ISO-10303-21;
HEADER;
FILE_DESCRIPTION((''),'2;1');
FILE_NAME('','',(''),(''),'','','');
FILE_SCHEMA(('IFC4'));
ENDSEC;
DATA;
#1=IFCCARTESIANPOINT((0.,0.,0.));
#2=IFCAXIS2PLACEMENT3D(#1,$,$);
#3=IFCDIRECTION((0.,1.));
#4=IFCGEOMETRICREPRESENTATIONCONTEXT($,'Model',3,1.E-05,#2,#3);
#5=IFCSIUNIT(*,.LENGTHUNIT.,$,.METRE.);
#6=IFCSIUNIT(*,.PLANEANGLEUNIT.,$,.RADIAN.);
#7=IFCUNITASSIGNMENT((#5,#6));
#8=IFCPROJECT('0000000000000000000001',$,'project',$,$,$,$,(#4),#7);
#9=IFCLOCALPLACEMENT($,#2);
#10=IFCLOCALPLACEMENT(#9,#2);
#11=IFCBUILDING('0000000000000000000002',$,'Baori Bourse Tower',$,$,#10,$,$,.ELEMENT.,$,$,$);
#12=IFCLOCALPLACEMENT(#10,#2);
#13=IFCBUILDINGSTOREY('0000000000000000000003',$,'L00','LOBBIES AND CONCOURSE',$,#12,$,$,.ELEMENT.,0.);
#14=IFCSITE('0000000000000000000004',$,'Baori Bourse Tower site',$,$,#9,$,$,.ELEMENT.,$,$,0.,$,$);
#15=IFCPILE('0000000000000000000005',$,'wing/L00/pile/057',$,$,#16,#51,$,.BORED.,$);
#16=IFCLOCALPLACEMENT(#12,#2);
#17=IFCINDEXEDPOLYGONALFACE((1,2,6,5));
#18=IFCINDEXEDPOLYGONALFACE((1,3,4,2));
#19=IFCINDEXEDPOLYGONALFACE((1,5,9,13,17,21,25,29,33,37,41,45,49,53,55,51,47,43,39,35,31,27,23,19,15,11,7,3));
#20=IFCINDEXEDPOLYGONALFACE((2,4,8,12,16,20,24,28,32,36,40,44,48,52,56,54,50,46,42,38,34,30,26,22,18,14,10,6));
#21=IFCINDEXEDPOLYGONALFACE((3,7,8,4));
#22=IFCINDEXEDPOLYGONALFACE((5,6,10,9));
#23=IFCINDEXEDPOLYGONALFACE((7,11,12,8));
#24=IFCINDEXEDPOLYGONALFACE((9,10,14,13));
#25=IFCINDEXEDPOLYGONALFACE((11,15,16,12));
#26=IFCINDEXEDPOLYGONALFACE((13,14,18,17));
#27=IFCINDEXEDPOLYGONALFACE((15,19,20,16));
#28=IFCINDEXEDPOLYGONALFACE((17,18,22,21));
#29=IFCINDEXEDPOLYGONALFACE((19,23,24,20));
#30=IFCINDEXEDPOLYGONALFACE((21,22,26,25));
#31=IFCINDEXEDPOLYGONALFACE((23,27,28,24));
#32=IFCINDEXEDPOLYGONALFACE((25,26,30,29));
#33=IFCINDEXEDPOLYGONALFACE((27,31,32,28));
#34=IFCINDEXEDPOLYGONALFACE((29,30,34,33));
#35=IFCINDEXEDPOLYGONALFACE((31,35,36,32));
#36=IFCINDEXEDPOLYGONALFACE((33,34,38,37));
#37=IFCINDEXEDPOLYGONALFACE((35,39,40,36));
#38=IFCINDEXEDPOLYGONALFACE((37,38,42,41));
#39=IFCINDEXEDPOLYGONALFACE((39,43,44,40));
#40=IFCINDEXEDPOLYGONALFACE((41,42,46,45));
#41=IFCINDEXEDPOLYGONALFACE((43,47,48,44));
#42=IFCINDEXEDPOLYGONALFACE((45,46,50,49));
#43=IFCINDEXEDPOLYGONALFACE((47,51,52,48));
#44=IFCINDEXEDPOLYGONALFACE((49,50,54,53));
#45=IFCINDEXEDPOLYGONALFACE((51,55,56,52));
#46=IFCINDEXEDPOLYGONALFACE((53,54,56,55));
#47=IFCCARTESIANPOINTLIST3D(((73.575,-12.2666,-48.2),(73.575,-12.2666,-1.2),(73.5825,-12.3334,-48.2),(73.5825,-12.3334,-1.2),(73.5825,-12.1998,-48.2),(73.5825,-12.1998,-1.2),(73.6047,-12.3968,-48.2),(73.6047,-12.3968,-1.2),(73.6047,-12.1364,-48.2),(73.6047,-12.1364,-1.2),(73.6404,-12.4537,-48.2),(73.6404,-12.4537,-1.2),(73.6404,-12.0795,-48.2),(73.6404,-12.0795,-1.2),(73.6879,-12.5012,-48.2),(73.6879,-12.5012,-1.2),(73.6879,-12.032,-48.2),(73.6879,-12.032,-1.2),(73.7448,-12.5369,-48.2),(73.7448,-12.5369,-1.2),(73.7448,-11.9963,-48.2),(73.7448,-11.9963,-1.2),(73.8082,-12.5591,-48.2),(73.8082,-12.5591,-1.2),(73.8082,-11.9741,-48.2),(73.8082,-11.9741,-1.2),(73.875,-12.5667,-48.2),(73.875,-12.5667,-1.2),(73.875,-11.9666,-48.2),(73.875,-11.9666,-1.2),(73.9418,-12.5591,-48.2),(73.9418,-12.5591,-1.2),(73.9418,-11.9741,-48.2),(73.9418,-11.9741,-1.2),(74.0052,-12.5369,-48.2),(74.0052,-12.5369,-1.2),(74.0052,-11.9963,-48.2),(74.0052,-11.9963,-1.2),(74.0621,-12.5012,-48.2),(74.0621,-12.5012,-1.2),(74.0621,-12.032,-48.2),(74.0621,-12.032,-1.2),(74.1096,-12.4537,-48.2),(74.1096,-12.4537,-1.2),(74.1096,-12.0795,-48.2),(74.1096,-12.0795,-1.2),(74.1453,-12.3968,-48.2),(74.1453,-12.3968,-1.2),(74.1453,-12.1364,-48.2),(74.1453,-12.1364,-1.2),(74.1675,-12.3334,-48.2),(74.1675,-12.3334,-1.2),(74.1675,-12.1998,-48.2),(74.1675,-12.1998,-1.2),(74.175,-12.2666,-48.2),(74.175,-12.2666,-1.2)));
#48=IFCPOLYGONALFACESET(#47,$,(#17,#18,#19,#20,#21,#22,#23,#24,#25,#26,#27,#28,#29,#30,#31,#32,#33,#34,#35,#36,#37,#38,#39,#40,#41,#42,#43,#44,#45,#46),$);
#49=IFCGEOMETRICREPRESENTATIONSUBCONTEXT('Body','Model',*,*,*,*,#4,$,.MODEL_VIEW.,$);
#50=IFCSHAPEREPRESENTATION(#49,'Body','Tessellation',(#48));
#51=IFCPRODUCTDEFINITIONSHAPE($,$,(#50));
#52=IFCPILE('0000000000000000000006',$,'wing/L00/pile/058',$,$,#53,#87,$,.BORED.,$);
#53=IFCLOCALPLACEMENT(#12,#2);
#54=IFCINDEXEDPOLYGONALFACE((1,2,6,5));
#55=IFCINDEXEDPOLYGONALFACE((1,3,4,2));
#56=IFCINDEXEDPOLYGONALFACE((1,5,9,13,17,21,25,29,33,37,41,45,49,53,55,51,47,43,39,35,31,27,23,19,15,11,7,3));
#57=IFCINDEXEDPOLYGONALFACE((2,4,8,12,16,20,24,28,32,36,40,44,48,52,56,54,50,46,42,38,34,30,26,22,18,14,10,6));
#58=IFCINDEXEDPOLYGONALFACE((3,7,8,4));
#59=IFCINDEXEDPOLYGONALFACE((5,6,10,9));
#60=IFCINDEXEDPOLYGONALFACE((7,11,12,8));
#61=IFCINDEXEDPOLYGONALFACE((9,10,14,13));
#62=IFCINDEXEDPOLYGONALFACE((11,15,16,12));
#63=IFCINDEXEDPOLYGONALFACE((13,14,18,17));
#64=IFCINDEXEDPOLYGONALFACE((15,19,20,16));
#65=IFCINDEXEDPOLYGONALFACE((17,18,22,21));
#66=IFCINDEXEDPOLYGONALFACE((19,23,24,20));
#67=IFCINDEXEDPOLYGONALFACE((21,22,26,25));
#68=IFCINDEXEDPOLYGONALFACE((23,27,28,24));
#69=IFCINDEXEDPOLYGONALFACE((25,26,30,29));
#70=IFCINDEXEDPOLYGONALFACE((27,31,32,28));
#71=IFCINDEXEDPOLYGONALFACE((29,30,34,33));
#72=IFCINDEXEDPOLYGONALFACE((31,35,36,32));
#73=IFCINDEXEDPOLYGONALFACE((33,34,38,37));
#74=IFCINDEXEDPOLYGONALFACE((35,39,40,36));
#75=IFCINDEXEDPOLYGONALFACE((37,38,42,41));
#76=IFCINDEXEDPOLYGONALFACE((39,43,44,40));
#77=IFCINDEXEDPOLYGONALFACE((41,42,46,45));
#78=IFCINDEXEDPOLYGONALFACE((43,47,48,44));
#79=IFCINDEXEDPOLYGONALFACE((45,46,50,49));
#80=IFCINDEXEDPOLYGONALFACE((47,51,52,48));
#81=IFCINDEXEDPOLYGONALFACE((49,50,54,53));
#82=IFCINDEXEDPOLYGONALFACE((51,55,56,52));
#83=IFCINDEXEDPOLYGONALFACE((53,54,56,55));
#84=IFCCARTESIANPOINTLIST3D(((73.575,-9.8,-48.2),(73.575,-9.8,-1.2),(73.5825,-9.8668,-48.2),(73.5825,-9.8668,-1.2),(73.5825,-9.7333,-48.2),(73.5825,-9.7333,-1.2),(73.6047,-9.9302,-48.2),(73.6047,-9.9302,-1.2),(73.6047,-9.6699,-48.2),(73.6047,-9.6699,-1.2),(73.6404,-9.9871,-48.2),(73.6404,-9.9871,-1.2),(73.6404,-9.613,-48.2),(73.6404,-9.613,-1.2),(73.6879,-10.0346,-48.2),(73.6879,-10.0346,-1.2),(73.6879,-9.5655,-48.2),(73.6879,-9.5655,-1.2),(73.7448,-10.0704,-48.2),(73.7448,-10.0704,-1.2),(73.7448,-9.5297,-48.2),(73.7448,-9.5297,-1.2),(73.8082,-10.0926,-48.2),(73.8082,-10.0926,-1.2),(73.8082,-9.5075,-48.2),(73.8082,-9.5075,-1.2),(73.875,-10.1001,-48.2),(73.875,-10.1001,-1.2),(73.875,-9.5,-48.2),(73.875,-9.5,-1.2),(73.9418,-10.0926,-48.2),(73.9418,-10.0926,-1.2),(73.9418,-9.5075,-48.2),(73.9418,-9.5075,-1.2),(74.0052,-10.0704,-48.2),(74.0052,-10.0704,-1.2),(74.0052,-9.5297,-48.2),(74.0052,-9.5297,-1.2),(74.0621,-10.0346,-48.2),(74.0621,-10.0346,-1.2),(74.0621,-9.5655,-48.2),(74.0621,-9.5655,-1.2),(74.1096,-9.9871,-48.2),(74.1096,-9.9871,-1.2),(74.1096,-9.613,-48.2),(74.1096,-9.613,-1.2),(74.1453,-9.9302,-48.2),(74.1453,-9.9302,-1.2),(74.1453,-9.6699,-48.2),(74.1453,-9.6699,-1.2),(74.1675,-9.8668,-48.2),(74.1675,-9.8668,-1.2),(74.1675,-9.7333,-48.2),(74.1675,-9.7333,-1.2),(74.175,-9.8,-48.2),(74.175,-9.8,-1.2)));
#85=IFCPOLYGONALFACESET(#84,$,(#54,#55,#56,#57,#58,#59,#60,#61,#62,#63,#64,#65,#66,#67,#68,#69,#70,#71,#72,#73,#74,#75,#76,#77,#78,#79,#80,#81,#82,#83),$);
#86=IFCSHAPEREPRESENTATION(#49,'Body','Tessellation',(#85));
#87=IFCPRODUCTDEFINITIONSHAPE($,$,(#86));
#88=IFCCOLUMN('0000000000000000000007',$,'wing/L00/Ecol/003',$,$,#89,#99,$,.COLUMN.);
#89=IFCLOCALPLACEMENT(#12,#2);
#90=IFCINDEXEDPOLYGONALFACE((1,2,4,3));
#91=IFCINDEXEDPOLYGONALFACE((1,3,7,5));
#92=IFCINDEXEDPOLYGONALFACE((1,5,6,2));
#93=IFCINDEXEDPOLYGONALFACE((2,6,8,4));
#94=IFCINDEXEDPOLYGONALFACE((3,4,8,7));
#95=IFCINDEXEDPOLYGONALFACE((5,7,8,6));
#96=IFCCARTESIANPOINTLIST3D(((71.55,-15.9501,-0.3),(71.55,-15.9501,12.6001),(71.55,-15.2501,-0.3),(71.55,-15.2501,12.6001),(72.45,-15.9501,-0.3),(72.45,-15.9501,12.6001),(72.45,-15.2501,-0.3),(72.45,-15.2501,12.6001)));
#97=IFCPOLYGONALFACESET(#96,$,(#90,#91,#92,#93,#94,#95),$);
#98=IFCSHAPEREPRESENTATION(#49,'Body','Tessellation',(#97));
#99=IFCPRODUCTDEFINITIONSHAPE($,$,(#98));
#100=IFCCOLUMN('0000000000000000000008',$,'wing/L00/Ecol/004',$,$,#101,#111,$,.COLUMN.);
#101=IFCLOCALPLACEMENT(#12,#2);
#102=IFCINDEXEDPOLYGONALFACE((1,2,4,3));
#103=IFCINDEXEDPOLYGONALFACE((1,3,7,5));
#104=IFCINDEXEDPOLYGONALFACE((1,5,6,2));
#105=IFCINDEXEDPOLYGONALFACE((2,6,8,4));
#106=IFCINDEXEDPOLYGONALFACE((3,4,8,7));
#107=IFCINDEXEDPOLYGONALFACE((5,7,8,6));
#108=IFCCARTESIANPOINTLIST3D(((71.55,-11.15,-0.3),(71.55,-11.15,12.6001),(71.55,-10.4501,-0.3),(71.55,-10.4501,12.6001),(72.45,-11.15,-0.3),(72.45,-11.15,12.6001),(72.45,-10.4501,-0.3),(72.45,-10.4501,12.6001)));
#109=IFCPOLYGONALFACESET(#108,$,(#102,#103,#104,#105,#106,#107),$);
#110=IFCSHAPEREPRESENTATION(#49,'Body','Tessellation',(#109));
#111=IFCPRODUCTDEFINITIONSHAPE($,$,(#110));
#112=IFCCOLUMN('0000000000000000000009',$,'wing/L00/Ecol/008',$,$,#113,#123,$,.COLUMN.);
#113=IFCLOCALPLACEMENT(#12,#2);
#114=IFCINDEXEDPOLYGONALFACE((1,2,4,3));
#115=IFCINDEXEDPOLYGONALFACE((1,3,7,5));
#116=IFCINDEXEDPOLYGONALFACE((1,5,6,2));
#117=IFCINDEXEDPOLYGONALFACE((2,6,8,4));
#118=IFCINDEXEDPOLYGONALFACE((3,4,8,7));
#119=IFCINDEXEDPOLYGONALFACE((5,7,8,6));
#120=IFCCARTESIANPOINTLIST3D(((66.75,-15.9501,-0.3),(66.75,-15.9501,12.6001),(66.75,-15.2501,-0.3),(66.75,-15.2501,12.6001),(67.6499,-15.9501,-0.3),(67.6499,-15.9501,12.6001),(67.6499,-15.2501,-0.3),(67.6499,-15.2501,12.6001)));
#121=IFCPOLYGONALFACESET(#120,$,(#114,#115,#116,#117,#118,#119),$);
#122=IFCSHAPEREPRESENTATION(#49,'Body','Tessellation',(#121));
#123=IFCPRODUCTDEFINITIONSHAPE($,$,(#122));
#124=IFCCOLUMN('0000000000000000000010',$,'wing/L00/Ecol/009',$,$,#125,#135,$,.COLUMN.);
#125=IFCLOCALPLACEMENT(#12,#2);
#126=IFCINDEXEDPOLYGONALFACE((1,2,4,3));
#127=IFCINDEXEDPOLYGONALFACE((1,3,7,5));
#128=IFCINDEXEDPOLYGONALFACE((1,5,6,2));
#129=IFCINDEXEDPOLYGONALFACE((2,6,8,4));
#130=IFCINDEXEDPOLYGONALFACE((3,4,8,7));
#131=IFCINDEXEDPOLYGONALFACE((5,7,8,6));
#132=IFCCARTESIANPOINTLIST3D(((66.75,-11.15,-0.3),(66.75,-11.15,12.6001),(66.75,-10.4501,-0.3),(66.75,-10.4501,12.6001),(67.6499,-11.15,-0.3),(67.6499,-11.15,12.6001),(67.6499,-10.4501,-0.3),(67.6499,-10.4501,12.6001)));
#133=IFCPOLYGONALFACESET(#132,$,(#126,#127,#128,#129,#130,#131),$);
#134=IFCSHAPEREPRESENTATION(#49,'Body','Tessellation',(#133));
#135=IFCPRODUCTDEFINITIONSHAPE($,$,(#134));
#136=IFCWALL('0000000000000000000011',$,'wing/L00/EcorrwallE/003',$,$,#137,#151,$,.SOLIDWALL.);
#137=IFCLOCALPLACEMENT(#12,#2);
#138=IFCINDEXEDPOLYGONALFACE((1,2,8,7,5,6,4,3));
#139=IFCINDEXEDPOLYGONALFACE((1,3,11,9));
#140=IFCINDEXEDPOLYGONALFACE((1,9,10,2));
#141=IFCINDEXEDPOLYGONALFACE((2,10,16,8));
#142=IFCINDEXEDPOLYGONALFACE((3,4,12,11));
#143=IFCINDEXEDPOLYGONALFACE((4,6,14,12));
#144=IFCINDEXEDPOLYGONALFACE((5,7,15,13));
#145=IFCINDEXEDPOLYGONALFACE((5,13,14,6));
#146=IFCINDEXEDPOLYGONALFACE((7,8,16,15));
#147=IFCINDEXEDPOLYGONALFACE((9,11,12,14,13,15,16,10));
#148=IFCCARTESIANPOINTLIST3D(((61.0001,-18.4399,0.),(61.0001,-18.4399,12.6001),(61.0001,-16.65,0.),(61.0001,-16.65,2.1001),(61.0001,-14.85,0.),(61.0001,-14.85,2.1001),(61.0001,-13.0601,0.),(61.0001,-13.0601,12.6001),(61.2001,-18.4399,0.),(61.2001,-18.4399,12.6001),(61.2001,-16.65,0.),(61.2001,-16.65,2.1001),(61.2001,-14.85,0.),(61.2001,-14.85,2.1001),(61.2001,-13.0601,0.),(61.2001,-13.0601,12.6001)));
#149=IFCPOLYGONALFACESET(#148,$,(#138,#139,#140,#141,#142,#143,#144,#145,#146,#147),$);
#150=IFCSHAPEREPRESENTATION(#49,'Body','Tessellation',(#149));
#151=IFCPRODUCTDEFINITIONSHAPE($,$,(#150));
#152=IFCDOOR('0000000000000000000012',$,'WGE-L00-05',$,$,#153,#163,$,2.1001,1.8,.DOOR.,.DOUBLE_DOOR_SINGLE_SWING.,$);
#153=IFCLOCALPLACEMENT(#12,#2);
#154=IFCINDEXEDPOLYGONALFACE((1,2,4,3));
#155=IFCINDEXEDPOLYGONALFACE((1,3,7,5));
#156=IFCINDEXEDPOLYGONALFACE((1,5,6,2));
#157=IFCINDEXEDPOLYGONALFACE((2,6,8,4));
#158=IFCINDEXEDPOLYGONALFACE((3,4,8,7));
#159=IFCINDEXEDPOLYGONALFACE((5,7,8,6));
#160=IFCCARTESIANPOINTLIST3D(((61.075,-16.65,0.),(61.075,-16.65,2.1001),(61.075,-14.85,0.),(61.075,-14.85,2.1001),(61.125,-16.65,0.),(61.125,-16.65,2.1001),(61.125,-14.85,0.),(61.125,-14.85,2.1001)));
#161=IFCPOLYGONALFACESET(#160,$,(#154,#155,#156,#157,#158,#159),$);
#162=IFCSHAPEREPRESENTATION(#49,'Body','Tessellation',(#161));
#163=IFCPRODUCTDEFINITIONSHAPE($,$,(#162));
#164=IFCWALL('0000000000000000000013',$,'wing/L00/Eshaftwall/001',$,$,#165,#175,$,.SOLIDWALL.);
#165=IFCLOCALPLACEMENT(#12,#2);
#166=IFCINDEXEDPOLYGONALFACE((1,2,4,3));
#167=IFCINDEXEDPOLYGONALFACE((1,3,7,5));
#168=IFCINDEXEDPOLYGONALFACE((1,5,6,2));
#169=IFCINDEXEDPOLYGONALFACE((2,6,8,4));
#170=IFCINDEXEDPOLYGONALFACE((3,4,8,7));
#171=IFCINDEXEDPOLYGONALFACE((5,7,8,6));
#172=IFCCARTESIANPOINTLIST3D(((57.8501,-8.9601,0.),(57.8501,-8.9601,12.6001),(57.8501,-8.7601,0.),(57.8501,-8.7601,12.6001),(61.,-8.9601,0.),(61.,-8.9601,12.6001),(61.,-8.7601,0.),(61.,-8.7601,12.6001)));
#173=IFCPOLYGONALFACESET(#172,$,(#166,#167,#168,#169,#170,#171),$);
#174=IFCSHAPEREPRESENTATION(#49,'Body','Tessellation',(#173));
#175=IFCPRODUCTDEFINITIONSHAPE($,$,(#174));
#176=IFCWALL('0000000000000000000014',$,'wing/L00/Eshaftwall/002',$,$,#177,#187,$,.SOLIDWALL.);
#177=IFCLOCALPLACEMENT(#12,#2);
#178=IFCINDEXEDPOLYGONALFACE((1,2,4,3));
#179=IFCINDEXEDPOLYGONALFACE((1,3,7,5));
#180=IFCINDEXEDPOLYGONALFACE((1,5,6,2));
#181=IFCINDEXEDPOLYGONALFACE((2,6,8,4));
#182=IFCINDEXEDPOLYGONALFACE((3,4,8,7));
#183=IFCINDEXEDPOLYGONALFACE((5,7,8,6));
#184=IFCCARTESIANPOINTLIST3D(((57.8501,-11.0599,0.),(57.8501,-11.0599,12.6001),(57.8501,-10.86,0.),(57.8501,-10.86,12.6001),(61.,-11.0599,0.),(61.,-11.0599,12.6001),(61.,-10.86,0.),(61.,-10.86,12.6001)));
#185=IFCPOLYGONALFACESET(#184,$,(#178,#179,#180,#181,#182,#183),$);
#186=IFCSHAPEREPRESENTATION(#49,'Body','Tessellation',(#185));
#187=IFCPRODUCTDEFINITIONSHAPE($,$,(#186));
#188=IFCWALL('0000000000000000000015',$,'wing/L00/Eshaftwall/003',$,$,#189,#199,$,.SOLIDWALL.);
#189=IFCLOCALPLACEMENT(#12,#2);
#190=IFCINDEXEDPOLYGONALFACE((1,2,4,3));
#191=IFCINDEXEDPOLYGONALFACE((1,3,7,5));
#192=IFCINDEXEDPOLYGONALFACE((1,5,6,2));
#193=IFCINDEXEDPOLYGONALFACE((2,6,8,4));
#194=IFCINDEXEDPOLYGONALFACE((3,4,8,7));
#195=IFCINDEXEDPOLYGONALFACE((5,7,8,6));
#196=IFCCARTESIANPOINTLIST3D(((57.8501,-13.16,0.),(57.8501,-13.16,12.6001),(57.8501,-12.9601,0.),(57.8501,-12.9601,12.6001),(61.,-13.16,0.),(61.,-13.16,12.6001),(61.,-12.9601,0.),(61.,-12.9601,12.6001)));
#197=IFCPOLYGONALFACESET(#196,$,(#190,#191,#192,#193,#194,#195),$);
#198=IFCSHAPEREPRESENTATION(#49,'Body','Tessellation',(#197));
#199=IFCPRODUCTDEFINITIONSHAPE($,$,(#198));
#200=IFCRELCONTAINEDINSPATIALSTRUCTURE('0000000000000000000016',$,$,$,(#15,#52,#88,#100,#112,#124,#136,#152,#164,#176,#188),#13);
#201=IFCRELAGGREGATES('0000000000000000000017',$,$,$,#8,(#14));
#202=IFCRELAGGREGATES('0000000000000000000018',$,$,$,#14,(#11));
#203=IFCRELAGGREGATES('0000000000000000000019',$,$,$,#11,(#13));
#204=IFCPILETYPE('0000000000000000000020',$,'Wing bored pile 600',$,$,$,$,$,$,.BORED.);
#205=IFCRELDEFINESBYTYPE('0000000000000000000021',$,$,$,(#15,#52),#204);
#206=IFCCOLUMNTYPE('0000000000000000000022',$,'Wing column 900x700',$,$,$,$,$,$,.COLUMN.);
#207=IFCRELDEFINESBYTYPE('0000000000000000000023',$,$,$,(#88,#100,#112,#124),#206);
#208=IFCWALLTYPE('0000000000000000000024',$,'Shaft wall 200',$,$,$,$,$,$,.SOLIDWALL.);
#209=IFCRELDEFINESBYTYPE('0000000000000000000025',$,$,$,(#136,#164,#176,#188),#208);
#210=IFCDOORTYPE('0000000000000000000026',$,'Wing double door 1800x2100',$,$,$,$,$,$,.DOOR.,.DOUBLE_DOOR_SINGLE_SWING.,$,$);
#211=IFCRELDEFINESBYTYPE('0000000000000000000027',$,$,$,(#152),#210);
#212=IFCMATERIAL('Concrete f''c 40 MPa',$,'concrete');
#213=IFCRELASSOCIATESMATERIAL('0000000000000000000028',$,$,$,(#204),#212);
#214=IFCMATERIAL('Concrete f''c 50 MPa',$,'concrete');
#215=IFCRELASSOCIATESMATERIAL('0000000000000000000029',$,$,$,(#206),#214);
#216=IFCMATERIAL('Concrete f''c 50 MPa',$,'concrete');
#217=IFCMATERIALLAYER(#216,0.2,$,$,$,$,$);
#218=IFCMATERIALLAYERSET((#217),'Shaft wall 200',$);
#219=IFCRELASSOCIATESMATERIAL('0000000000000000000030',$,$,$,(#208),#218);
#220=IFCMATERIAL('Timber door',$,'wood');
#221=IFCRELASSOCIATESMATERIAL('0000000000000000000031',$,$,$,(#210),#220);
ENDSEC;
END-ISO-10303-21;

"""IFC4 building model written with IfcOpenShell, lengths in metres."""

from ifc_helpers import new_model, si_unit, direction, frame, frame_2d, origin, origin_2d, place, context, subcontext, project, spatial, rectangle, circle, extrude, material, layer, layer_set, material_profile, profile_set, type_object, element, fill, save


model = new_model("IFC4")

# Units and contexts
model_context = context("Model", 3, precision=1e-05, world=origin(), true_north=direction((0.0, 1.0)))
body_context = subcontext(model_context, "Body", "Model", "MODEL_VIEW")
ifc_project = project(units=[si_unit("LENGTHUNIT", "METRE"), si_unit("PLANEANGLEUNIT", "RADIAN")], contexts=[model_context])

# Site, building, storey
site_placement = place(None, origin())
site = spatial("IfcSite", under=ifc_project, at=site_placement, Name="Baori Bourse Tower site", CompositionType="ELEMENT", RefElevation=0.0)
building_placement = place(site_placement, origin())
building = spatial("IfcBuilding", under=site, at=building_placement, Name="Baori Bourse Tower", CompositionType="ELEMENT")
storey_placement = place(building_placement, origin())
storey = spatial("IfcBuildingStorey", under=building, at=storey_placement, Name="L00", Description="LOBBIES AND CONCOURSE", CompositionType="ELEMENT", Elevation=0.0)

# Piles
ifc_material_1 = material(Name="Concrete f'c 40 MPa", Category="concrete")
ifc_material_profile_1 = material_profile(ifc_material_1, circle(Radius=0.3, at=origin_2d()), Name="Wing bored pile 600")
ifc_profile_set_1 = profile_set([ifc_material_profile_1], Name="Concrete f'c 40 MPa")
pile_type = type_object("IfcPileType", Name="Wing bored pile 600", PredefinedType="BORED", material=ifc_profile_set_1)
for number, where, z_axis, x_axis, name in (
    (1, (73.875, -12.2666, -1.2), (0.0, 0.0, -1.0), (1.0, 0.0, 0.0), "wing/L00/pile/057"),
    (2, (73.875, -9.8, -1.2), (0.0, 0.0, -1.0), (1.0, 0.0, 0.0), "wing/L00/pile/058"),
):
    element("IfcPile", number, at=place(storey_placement, frame(where, z_axis=z_axis, x_axis=x_axis)), inside=storey, type_object=pile_type, Name=name, PredefinedType="BORED", context=body_context, shape_type="SweptSolid", body=[
        extrude(circle(Radius=0.3, at=origin_2d()), origin(), (0.0, 0.0, 1.0), 47.0),
    ])

# Columns
ifc_material_2 = material(Name="Concrete f'c 50 MPa", Category="concrete")
ifc_material_profile_2 = material_profile(ifc_material_2, rectangle(XDim=0.8999, YDim=0.7, at=origin_2d()), Name="Wing column 900x700")
ifc_profile_set_2 = profile_set([ifc_material_profile_2], Name="Concrete f'c 50 MPa")
column_type = type_object("IfcColumnType", Name="Wing column 900x700", PredefinedType="COLUMN", material=ifc_profile_set_2)
for number, where, z_axis, x_axis, name in (
    (3, (72.0, -15.6001, -0.3), (0.0, 0.0, 1.0), (1.0, 0.0, 0.0), "wing/L00/Ecol/003"),
    (4, (72.0, -10.8, -0.3), (0.0, 0.0, 1.0), (1.0, 0.0, 0.0), "wing/L00/Ecol/004"),
    (5, (67.2, -15.6001, -0.3), (0.0, 0.0, 1.0), (1.0, 0.0, 0.0), "wing/L00/Ecol/008"),
    (6, (67.2, -10.8, -0.3), (0.0, 0.0, 1.0), (1.0, 0.0, 0.0), "wing/L00/Ecol/009"),
):
    element("IfcColumn", number, at=place(storey_placement, frame(where, z_axis=z_axis, x_axis=x_axis)), inside=storey, type_object=column_type, Name=name, PredefinedType="COLUMN", context=body_context, shape_type="SweptSolid", body=[
        extrude(rectangle(XDim=0.8999, YDim=0.7, at=origin_2d()), origin(), (0.0, 0.0, 1.0), 12.9001),
    ])

# Wall, opening, door
ifc_material_3 = material(Name="Concrete f'c 50 MPa", Category="concrete")
ifc_layer_1 = layer(ifc_material_3, 0.2)
ifc_layer_set_1 = layer_set([ifc_layer_1], Name="Shaft wall 200")
wall_type_1 = type_object("IfcWallType", Name="Shaft wall 200", PredefinedType="SOLIDWALL", material=ifc_layer_set_1)
wall_1_placement = place(storey_placement, frame((61.1001, -13.0601, 0.0), z_axis=(0.0, 0.0, 1.0), x_axis=(0.0, -1.0, 0.0)))
wall_1 = element("IfcWall", 7, at=wall_1_placement, inside=storey, type_object=wall_type_1, Name="wing/L00/EcorrwallE/003", PredefinedType="SOLIDWALL", context=body_context, shape_type="SweptSolid", body=[
    extrude(rectangle(XDim=5.3799, YDim=0.2, at=frame_2d((2.6899, 0.0))), origin(), (0.0, 0.0, 1.0), 12.6001),
])
opening_placement = place(wall_1_placement, frame((1.79, 0.0, 0.0)))
opening = element("IfcOpeningElement", 8, at=opening_placement, cuts=wall_1, PredefinedType="OPENING", context=body_context, shape_type="SweptSolid", body=[
    extrude(rectangle(XDim=1.8, YDim=2.1001, at=frame_2d((0.8999, 1.05))), frame((0.0, 0.1099, 0.0), z_axis=(0.0, -1.0, 0.0), x_axis=(1.0, 0.0, 0.0)), (0.0, 0.0, 1.0), 0.22),
])
ifc_material_4 = material(Name="Timber door", Category="wood")
door_type = type_object("IfcDoorType", Name="Wing double door 1800x2100", OperationType="DOUBLE_DOOR_SINGLE_SWING", PredefinedType="DOOR", material=ifc_material_4)
door_placement = place(opening_placement, origin())
door = element("IfcDoor", 9, at=door_placement, inside=storey, type_object=door_type, Name="WGE-L00-05", OperationType="DOUBLE_DOOR_SINGLE_SWING", OverallHeight=2.1001, OverallWidth=1.8, PredefinedType="DOOR", context=body_context, shape_type="SweptSolid", body=[
    extrude(rectangle(XDim=1.8, YDim=2.1001, at=frame_2d((0.8999, 1.05))), frame((0.0, 0.0249, 0.0), z_axis=(0.0, -1.0, 0.0), x_axis=(1.0, 0.0, 0.0)), (0.0, 0.0, 1.0), 0.05),
])
fill(opening, door)

# Walls
for number, where, z_axis, x_axis, name in (
    (10, (61.0, -8.8601, 0.0), (0.0, 0.0, 1.0), (-1.0, 0.0, 0.0), "wing/L00/Eshaftwall/001"),
    (11, (61.0, -10.96, 0.0), (0.0, 0.0, 1.0), (-1.0, 0.0, 0.0), "wing/L00/Eshaftwall/002"),
    (12, (61.0, -13.0601, 0.0), (0.0, 0.0, 1.0), (-1.0, 0.0, 0.0), "wing/L00/Eshaftwall/003"),
):
    element("IfcWall", number, at=place(storey_placement, frame(where, z_axis=z_axis, x_axis=x_axis)), inside=storey, type_object=wall_type_1, Name=name, PredefinedType="SOLIDWALL", context=body_context, shape_type="SweptSolid", body=[
        extrude(rectangle(XDim=3.1499, YDim=0.2, at=frame_2d((1.575, 0.0))), origin(), (0.0, 0.0, 1.0), 12.6001),
    ])

save(model, "model.ifc")
